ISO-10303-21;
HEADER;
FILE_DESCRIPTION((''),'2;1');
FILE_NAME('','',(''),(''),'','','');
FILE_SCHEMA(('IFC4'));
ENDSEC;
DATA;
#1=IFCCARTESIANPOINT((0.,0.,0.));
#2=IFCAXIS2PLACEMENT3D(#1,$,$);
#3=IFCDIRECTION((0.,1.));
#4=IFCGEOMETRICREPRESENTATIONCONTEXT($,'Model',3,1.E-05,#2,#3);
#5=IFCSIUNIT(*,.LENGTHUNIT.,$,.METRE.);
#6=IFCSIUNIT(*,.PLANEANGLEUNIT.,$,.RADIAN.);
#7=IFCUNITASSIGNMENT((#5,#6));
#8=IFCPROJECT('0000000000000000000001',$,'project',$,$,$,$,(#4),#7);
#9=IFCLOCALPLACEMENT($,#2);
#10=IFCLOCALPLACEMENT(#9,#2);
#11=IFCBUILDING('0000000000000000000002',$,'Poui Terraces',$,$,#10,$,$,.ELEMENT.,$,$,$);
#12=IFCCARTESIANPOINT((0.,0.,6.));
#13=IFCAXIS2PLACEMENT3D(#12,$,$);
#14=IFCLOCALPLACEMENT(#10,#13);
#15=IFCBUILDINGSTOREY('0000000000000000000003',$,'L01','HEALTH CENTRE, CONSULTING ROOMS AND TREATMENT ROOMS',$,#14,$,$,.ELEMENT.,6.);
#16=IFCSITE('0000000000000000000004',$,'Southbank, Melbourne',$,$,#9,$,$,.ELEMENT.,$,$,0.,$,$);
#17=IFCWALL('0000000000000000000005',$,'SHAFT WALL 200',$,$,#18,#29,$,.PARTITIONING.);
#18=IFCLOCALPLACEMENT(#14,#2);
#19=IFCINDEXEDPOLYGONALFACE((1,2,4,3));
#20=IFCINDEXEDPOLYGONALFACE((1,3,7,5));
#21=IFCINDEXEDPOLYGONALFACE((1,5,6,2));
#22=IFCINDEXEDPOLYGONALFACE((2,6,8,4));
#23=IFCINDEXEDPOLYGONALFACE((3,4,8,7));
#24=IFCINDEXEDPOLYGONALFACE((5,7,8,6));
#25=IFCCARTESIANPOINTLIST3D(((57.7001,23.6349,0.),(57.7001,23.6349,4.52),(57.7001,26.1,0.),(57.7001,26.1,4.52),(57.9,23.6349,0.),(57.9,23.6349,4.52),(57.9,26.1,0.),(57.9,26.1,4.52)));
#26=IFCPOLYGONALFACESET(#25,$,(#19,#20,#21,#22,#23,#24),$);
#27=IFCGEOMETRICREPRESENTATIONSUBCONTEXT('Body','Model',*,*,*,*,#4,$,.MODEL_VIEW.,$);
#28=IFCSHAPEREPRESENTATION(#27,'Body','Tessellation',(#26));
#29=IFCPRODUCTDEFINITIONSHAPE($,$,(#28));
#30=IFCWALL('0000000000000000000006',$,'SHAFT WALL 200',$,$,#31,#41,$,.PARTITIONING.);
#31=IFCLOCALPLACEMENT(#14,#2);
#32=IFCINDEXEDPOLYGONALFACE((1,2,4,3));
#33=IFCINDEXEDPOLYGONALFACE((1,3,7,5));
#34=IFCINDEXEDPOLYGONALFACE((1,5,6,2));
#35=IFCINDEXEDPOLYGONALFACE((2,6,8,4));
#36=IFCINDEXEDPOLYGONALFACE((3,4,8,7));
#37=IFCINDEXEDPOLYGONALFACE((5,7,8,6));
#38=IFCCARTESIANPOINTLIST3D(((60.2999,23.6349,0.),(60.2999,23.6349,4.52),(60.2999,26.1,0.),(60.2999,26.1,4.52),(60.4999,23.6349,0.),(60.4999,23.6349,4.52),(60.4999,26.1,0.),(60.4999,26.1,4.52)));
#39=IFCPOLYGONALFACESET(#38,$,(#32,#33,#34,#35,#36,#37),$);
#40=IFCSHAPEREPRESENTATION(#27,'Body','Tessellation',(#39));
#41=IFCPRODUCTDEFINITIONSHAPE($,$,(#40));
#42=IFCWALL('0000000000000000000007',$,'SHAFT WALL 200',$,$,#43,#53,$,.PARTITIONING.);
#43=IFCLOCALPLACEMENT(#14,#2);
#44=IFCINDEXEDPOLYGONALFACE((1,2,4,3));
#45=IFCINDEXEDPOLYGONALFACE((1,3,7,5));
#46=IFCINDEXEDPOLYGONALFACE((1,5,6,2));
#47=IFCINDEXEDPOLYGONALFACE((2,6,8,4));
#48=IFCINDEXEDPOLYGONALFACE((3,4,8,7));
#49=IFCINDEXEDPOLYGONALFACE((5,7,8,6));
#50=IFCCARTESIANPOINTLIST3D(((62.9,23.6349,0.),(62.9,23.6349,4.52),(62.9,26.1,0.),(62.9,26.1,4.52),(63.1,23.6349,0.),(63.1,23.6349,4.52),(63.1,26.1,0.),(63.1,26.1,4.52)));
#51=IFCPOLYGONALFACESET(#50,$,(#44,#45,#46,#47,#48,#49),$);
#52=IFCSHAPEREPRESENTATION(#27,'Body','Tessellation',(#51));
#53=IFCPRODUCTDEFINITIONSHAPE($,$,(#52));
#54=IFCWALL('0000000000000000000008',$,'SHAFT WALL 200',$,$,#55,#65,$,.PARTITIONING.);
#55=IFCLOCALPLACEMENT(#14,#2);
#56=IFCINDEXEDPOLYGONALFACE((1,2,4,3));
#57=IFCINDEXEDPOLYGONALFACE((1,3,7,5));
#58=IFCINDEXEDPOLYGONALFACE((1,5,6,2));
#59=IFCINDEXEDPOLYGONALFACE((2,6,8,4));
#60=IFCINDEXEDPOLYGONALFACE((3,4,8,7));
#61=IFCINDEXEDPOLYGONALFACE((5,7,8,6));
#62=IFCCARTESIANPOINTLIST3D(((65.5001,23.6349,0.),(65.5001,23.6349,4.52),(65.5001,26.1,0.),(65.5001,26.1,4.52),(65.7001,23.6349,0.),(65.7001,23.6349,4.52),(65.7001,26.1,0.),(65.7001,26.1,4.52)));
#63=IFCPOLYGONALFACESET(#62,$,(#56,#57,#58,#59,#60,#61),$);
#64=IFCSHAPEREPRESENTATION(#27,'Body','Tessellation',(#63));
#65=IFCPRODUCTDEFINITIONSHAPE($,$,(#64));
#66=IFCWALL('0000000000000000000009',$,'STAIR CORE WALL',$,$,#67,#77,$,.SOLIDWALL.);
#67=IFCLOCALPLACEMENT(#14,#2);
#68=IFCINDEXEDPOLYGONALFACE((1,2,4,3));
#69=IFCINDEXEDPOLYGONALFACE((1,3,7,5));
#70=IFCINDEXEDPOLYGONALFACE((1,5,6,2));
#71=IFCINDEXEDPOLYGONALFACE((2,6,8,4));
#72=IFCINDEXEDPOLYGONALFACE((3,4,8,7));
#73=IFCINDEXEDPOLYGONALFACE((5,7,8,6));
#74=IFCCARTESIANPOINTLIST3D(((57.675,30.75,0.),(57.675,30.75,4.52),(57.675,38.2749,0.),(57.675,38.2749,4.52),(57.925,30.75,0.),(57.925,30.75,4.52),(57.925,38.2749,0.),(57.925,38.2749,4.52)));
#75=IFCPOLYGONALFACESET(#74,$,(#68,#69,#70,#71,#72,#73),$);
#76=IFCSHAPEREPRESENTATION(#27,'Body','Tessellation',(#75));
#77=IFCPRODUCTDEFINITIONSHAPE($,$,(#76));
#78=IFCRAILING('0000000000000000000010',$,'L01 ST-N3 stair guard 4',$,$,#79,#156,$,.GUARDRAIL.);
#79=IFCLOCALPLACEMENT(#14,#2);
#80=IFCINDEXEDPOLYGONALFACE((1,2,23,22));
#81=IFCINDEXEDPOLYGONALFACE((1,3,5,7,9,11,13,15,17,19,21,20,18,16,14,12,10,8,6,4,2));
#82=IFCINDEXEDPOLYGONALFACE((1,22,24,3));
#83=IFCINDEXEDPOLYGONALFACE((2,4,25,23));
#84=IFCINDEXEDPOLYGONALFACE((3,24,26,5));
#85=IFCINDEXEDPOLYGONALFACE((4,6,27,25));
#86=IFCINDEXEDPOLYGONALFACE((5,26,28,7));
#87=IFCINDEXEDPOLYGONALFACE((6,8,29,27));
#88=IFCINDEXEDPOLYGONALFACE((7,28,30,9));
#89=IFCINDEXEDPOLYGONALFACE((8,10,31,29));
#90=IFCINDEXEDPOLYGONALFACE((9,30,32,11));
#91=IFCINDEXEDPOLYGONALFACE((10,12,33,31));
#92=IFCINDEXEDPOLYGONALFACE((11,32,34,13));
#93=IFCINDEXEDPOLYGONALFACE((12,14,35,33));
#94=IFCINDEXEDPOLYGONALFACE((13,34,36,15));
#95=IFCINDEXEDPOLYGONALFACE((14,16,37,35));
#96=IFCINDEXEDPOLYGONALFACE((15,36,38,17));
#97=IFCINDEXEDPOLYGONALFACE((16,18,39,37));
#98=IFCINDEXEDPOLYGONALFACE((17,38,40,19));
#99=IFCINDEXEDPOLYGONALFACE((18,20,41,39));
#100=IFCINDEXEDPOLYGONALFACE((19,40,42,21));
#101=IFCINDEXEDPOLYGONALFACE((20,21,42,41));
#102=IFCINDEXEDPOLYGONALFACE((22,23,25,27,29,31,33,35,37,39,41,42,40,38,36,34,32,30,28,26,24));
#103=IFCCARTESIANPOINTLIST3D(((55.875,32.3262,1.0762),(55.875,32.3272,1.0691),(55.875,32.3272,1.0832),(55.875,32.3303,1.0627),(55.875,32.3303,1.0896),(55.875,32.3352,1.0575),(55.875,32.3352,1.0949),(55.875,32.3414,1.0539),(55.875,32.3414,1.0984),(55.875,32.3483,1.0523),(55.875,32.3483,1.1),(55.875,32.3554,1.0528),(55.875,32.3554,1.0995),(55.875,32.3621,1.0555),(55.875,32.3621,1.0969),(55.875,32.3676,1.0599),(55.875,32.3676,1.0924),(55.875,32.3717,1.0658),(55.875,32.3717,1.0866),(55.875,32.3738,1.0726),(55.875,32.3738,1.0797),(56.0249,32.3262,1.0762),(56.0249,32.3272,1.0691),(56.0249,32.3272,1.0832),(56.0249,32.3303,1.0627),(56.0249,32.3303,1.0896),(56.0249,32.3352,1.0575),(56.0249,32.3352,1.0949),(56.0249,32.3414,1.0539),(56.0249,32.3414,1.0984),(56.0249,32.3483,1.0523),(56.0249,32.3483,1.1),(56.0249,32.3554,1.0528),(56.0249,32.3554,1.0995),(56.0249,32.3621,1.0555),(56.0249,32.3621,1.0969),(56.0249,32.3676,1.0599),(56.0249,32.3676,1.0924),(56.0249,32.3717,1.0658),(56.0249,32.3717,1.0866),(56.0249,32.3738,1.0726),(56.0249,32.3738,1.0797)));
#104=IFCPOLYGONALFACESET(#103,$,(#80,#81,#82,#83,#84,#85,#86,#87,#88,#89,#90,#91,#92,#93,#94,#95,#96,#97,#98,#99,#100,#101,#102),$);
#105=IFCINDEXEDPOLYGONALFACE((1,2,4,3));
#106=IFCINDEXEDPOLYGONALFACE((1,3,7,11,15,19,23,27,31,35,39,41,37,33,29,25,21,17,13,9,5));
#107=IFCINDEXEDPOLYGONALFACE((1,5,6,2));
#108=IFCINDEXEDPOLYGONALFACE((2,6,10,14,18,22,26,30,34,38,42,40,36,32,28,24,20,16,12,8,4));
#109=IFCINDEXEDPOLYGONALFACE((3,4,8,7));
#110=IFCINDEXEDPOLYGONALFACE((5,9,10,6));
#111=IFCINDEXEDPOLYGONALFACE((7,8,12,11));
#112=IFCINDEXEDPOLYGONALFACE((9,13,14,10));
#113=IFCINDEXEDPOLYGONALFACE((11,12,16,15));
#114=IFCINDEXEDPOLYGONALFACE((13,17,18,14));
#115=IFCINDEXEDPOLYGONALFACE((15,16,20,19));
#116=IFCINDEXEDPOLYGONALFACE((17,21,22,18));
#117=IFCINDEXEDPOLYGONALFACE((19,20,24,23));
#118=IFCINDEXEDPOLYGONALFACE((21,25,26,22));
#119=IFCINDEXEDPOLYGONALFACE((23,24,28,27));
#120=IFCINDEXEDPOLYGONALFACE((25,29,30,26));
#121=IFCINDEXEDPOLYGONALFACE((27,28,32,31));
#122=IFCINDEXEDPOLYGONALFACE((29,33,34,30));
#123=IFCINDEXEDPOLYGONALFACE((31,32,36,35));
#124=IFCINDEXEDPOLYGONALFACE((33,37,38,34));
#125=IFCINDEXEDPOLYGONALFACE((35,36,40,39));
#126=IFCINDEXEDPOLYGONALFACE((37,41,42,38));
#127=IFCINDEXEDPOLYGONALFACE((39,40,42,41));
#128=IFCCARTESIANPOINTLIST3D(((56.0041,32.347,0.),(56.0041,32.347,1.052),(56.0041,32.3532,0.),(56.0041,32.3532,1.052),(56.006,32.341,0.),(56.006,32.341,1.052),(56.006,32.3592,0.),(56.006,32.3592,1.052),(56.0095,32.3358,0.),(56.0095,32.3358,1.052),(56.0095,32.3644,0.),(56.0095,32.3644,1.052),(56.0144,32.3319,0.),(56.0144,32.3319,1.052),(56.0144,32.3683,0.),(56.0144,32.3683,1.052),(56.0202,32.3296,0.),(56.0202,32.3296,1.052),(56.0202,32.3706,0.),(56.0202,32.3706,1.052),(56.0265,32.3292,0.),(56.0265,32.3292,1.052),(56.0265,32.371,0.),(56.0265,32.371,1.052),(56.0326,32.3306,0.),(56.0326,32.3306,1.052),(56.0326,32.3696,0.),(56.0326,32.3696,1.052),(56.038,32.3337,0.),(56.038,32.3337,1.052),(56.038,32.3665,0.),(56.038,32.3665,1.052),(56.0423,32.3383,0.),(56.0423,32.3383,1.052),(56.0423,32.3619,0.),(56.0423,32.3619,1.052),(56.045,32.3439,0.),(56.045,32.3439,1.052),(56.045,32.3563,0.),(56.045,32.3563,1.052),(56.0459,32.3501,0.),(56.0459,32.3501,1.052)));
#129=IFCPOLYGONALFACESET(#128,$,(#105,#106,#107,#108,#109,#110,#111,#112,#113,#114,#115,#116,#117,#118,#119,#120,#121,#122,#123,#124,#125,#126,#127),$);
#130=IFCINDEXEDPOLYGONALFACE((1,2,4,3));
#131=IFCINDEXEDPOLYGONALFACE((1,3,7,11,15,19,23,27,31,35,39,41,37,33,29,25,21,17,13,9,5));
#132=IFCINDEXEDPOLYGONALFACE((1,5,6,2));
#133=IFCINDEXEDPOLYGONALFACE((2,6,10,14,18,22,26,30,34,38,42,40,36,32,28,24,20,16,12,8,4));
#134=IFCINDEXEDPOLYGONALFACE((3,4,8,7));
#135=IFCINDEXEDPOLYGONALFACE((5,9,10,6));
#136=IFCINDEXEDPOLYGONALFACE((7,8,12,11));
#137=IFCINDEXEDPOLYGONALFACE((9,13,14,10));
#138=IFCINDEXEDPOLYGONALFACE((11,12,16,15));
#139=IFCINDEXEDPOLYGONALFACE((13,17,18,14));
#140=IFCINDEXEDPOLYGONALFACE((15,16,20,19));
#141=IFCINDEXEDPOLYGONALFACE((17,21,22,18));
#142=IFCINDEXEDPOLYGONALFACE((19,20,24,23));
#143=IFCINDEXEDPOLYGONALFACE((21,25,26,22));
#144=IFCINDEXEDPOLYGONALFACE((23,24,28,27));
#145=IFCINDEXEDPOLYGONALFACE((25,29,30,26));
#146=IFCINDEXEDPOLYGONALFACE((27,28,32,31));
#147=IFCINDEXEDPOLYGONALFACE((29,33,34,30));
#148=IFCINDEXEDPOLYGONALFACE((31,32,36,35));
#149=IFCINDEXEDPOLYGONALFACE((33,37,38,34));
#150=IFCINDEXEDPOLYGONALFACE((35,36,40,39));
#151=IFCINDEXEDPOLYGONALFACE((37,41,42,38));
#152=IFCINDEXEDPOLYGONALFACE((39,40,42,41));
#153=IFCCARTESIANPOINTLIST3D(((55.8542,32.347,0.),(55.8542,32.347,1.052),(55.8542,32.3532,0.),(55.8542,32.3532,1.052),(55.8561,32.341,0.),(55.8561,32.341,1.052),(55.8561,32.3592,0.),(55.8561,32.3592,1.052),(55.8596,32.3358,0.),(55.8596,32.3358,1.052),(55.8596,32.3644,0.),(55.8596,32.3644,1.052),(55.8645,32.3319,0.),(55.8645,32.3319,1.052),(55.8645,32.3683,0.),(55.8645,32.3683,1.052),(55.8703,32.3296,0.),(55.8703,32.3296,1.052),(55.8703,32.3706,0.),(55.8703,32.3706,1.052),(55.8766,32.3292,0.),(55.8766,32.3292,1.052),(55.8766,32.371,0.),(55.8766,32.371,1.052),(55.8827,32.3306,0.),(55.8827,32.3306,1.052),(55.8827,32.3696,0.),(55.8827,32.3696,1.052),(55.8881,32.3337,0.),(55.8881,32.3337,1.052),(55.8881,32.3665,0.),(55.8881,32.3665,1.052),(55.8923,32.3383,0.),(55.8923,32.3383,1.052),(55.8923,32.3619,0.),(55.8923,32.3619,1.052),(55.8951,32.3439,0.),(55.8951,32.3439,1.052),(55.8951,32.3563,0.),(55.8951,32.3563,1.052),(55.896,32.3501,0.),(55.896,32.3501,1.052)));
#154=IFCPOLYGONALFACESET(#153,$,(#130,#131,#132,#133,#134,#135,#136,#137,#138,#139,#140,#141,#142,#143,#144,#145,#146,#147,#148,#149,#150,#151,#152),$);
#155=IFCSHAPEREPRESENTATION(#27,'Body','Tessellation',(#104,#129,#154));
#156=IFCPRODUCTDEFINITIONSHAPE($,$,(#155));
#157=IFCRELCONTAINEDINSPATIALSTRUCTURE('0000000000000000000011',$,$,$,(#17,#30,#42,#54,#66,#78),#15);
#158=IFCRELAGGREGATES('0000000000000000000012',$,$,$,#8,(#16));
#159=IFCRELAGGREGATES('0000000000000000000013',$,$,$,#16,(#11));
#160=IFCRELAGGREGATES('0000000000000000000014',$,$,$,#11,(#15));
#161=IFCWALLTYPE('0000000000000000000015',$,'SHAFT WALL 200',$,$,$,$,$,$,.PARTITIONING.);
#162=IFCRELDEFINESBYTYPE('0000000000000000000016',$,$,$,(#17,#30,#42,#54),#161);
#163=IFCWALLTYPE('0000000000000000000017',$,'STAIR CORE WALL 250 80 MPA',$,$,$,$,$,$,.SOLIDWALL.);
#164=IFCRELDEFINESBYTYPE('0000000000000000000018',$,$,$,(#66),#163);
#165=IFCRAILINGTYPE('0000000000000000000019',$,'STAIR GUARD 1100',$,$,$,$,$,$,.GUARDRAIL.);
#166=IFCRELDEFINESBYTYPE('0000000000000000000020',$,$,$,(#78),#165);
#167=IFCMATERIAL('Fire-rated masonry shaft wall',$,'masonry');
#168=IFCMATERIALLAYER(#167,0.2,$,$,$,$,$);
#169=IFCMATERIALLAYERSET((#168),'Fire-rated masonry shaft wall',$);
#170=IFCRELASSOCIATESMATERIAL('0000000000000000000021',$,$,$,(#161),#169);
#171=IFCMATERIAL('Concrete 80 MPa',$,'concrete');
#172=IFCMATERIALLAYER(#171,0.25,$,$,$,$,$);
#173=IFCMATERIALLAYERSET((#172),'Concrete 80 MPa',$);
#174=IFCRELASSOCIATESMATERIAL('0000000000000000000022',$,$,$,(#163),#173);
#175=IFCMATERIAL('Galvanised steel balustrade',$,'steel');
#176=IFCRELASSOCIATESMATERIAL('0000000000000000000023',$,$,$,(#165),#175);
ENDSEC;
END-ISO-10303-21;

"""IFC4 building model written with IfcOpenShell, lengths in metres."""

from ifc_helpers import new_model, si_unit, direction, frame, frame_2d, origin, origin_2d, place, context, subcontext, project, spatial, rectangle, circle, extrude, material, layer, layer_set, type_object, element, save


model = new_model("IFC4")

# Units and contexts
model_context = context("Model", 3, precision=1e-05, world=origin(), true_north=direction((0.0, 1.0)))
body_context = subcontext(model_context, "Body", "Model", "MODEL_VIEW")
ifc_project = project(units=[si_unit("LENGTHUNIT", "METRE"), si_unit("PLANEANGLEUNIT", "RADIAN")], contexts=[model_context])

# Site, building, storey
site_placement = place(None, origin())
site = spatial("IfcSite", under=ifc_project, at=site_placement, Name="Southbank, Melbourne", CompositionType="ELEMENT", RefElevation=0.0)
building_placement = place(site_placement, origin())
building = spatial("IfcBuilding", under=site, at=building_placement, Name="Poui Terraces", CompositionType="ELEMENT")
storey_placement = place(building_placement, frame((0.0, 0.0, 6.0)))
storey = spatial("IfcBuildingStorey", under=building, at=storey_placement, Name="L01", Description="HEALTH CENTRE, CONSULTING ROOMS AND TREATMENT ROOMS", CompositionType="ELEMENT", Elevation=6.0)

# Shared definitions
ifc_material_1 = material(Name="Concrete 80 MPa", Category="concrete")

# Walls
ifc_material_2 = material(Name="Fire-rated masonry shaft wall", Category="masonry")
ifc_layer_1 = layer(ifc_material_2, 0.2)
ifc_layer_set_1 = layer_set([ifc_layer_1], Name="Fire-rated masonry shaft wall")
wall_type_1 = type_object("IfcWallType", Name="SHAFT WALL 200", PredefinedType="PARTITIONING", material=ifc_layer_set_1)
for number, where, z_axis, x_axis, name in (
    (1, (57.8, 23.635, 0.0), (0.0, 0.0, 1.0), (0.0, 1.0, 0.0), "SHAFT WALL 200"),
    (2, (60.3999, 23.635, 0.0), (0.0, 0.0, 1.0), (0.0, 1.0, 0.0), "SHAFT WALL 200"),
    (3, (63.0, 23.635, 0.0), (0.0, 0.0, 1.0), (0.0, 1.0, 0.0), "SHAFT WALL 200"),
    (4, (65.6001, 23.635, 0.0), (0.0, 0.0, 1.0), (0.0, 1.0, 0.0), "SHAFT WALL 200"),
):
    element("IfcWall", number, at=place(storey_placement, frame(where, z_axis=z_axis, x_axis=x_axis)), inside=storey, type_object=wall_type_1, Name=name, PredefinedType="PARTITIONING", context=body_context, shape_type="SweptSolid", body=[
        extrude(rectangle(XDim=2.4651, YDim=0.2, at=frame_2d((1.2324, 0.0))), origin(), (0.0, 0.0, 1.0), 4.52),
    ])
ifc_layer_2 = layer(ifc_material_1, 0.25)
ifc_layer_set_2 = layer_set([ifc_layer_2], Name="Concrete 80 MPa")
wall_type_2 = type_object("IfcWallType", Name="STAIR CORE WALL 250 80 MPA", PredefinedType="SOLIDWALL", material=ifc_layer_set_2)
wall_1_placement = place(storey_placement, frame((57.8, 30.75, 0.0), z_axis=(0.0, 0.0, 1.0), x_axis=(0.0, 1.0, 0.0)))
element("IfcWall", 5, at=wall_1_placement, inside=storey, type_object=wall_type_2, Name="STAIR CORE WALL", PredefinedType="SOLIDWALL", context=body_context, shape_type="SweptSolid", body=[
    extrude(rectangle(XDim=7.5249, YDim=0.25, at=frame_2d((3.7625, 0.0))), origin(), (0.0, 0.0, 1.0), 4.52),
])

# Railing
ifc_material_3 = material(Name="Galvanised steel balustrade", Category="steel")
railing_type = type_object("IfcRailingType", Name="STAIR GUARD 1100", PredefinedType="GUARDRAIL", material=ifc_material_3)
railing_placement = place(storey_placement, frame((56.0249, 32.3501, 0.0)))
element("IfcRailing", 6, at=railing_placement, inside=storey, type_object=railing_type, Name="L01 ST-N3 stair guard 4", PredefinedType="GUARDRAIL", context=body_context, shape_type="SweptSolid", body=[
    extrude(circle(Radius=0.0239, at=origin_2d()), frame((0.0, 0.0, 1.0762), z_axis=(-1.0, 0.0, 0.0), x_axis=(0.0, -1.0, 0.0)), (0.0, 0.0, 1.0), 0.1499),
    extrude(circle(Radius=0.021, at=origin_2d()), origin(), (0.0, 0.0, 1.0), 1.052),
    extrude(circle(Radius=0.021, at=origin_2d()), frame((-0.1499, 0.0, 0.0)), (0.0, 0.0, 1.0), 1.052),
])

save(model, "model.ifc")
